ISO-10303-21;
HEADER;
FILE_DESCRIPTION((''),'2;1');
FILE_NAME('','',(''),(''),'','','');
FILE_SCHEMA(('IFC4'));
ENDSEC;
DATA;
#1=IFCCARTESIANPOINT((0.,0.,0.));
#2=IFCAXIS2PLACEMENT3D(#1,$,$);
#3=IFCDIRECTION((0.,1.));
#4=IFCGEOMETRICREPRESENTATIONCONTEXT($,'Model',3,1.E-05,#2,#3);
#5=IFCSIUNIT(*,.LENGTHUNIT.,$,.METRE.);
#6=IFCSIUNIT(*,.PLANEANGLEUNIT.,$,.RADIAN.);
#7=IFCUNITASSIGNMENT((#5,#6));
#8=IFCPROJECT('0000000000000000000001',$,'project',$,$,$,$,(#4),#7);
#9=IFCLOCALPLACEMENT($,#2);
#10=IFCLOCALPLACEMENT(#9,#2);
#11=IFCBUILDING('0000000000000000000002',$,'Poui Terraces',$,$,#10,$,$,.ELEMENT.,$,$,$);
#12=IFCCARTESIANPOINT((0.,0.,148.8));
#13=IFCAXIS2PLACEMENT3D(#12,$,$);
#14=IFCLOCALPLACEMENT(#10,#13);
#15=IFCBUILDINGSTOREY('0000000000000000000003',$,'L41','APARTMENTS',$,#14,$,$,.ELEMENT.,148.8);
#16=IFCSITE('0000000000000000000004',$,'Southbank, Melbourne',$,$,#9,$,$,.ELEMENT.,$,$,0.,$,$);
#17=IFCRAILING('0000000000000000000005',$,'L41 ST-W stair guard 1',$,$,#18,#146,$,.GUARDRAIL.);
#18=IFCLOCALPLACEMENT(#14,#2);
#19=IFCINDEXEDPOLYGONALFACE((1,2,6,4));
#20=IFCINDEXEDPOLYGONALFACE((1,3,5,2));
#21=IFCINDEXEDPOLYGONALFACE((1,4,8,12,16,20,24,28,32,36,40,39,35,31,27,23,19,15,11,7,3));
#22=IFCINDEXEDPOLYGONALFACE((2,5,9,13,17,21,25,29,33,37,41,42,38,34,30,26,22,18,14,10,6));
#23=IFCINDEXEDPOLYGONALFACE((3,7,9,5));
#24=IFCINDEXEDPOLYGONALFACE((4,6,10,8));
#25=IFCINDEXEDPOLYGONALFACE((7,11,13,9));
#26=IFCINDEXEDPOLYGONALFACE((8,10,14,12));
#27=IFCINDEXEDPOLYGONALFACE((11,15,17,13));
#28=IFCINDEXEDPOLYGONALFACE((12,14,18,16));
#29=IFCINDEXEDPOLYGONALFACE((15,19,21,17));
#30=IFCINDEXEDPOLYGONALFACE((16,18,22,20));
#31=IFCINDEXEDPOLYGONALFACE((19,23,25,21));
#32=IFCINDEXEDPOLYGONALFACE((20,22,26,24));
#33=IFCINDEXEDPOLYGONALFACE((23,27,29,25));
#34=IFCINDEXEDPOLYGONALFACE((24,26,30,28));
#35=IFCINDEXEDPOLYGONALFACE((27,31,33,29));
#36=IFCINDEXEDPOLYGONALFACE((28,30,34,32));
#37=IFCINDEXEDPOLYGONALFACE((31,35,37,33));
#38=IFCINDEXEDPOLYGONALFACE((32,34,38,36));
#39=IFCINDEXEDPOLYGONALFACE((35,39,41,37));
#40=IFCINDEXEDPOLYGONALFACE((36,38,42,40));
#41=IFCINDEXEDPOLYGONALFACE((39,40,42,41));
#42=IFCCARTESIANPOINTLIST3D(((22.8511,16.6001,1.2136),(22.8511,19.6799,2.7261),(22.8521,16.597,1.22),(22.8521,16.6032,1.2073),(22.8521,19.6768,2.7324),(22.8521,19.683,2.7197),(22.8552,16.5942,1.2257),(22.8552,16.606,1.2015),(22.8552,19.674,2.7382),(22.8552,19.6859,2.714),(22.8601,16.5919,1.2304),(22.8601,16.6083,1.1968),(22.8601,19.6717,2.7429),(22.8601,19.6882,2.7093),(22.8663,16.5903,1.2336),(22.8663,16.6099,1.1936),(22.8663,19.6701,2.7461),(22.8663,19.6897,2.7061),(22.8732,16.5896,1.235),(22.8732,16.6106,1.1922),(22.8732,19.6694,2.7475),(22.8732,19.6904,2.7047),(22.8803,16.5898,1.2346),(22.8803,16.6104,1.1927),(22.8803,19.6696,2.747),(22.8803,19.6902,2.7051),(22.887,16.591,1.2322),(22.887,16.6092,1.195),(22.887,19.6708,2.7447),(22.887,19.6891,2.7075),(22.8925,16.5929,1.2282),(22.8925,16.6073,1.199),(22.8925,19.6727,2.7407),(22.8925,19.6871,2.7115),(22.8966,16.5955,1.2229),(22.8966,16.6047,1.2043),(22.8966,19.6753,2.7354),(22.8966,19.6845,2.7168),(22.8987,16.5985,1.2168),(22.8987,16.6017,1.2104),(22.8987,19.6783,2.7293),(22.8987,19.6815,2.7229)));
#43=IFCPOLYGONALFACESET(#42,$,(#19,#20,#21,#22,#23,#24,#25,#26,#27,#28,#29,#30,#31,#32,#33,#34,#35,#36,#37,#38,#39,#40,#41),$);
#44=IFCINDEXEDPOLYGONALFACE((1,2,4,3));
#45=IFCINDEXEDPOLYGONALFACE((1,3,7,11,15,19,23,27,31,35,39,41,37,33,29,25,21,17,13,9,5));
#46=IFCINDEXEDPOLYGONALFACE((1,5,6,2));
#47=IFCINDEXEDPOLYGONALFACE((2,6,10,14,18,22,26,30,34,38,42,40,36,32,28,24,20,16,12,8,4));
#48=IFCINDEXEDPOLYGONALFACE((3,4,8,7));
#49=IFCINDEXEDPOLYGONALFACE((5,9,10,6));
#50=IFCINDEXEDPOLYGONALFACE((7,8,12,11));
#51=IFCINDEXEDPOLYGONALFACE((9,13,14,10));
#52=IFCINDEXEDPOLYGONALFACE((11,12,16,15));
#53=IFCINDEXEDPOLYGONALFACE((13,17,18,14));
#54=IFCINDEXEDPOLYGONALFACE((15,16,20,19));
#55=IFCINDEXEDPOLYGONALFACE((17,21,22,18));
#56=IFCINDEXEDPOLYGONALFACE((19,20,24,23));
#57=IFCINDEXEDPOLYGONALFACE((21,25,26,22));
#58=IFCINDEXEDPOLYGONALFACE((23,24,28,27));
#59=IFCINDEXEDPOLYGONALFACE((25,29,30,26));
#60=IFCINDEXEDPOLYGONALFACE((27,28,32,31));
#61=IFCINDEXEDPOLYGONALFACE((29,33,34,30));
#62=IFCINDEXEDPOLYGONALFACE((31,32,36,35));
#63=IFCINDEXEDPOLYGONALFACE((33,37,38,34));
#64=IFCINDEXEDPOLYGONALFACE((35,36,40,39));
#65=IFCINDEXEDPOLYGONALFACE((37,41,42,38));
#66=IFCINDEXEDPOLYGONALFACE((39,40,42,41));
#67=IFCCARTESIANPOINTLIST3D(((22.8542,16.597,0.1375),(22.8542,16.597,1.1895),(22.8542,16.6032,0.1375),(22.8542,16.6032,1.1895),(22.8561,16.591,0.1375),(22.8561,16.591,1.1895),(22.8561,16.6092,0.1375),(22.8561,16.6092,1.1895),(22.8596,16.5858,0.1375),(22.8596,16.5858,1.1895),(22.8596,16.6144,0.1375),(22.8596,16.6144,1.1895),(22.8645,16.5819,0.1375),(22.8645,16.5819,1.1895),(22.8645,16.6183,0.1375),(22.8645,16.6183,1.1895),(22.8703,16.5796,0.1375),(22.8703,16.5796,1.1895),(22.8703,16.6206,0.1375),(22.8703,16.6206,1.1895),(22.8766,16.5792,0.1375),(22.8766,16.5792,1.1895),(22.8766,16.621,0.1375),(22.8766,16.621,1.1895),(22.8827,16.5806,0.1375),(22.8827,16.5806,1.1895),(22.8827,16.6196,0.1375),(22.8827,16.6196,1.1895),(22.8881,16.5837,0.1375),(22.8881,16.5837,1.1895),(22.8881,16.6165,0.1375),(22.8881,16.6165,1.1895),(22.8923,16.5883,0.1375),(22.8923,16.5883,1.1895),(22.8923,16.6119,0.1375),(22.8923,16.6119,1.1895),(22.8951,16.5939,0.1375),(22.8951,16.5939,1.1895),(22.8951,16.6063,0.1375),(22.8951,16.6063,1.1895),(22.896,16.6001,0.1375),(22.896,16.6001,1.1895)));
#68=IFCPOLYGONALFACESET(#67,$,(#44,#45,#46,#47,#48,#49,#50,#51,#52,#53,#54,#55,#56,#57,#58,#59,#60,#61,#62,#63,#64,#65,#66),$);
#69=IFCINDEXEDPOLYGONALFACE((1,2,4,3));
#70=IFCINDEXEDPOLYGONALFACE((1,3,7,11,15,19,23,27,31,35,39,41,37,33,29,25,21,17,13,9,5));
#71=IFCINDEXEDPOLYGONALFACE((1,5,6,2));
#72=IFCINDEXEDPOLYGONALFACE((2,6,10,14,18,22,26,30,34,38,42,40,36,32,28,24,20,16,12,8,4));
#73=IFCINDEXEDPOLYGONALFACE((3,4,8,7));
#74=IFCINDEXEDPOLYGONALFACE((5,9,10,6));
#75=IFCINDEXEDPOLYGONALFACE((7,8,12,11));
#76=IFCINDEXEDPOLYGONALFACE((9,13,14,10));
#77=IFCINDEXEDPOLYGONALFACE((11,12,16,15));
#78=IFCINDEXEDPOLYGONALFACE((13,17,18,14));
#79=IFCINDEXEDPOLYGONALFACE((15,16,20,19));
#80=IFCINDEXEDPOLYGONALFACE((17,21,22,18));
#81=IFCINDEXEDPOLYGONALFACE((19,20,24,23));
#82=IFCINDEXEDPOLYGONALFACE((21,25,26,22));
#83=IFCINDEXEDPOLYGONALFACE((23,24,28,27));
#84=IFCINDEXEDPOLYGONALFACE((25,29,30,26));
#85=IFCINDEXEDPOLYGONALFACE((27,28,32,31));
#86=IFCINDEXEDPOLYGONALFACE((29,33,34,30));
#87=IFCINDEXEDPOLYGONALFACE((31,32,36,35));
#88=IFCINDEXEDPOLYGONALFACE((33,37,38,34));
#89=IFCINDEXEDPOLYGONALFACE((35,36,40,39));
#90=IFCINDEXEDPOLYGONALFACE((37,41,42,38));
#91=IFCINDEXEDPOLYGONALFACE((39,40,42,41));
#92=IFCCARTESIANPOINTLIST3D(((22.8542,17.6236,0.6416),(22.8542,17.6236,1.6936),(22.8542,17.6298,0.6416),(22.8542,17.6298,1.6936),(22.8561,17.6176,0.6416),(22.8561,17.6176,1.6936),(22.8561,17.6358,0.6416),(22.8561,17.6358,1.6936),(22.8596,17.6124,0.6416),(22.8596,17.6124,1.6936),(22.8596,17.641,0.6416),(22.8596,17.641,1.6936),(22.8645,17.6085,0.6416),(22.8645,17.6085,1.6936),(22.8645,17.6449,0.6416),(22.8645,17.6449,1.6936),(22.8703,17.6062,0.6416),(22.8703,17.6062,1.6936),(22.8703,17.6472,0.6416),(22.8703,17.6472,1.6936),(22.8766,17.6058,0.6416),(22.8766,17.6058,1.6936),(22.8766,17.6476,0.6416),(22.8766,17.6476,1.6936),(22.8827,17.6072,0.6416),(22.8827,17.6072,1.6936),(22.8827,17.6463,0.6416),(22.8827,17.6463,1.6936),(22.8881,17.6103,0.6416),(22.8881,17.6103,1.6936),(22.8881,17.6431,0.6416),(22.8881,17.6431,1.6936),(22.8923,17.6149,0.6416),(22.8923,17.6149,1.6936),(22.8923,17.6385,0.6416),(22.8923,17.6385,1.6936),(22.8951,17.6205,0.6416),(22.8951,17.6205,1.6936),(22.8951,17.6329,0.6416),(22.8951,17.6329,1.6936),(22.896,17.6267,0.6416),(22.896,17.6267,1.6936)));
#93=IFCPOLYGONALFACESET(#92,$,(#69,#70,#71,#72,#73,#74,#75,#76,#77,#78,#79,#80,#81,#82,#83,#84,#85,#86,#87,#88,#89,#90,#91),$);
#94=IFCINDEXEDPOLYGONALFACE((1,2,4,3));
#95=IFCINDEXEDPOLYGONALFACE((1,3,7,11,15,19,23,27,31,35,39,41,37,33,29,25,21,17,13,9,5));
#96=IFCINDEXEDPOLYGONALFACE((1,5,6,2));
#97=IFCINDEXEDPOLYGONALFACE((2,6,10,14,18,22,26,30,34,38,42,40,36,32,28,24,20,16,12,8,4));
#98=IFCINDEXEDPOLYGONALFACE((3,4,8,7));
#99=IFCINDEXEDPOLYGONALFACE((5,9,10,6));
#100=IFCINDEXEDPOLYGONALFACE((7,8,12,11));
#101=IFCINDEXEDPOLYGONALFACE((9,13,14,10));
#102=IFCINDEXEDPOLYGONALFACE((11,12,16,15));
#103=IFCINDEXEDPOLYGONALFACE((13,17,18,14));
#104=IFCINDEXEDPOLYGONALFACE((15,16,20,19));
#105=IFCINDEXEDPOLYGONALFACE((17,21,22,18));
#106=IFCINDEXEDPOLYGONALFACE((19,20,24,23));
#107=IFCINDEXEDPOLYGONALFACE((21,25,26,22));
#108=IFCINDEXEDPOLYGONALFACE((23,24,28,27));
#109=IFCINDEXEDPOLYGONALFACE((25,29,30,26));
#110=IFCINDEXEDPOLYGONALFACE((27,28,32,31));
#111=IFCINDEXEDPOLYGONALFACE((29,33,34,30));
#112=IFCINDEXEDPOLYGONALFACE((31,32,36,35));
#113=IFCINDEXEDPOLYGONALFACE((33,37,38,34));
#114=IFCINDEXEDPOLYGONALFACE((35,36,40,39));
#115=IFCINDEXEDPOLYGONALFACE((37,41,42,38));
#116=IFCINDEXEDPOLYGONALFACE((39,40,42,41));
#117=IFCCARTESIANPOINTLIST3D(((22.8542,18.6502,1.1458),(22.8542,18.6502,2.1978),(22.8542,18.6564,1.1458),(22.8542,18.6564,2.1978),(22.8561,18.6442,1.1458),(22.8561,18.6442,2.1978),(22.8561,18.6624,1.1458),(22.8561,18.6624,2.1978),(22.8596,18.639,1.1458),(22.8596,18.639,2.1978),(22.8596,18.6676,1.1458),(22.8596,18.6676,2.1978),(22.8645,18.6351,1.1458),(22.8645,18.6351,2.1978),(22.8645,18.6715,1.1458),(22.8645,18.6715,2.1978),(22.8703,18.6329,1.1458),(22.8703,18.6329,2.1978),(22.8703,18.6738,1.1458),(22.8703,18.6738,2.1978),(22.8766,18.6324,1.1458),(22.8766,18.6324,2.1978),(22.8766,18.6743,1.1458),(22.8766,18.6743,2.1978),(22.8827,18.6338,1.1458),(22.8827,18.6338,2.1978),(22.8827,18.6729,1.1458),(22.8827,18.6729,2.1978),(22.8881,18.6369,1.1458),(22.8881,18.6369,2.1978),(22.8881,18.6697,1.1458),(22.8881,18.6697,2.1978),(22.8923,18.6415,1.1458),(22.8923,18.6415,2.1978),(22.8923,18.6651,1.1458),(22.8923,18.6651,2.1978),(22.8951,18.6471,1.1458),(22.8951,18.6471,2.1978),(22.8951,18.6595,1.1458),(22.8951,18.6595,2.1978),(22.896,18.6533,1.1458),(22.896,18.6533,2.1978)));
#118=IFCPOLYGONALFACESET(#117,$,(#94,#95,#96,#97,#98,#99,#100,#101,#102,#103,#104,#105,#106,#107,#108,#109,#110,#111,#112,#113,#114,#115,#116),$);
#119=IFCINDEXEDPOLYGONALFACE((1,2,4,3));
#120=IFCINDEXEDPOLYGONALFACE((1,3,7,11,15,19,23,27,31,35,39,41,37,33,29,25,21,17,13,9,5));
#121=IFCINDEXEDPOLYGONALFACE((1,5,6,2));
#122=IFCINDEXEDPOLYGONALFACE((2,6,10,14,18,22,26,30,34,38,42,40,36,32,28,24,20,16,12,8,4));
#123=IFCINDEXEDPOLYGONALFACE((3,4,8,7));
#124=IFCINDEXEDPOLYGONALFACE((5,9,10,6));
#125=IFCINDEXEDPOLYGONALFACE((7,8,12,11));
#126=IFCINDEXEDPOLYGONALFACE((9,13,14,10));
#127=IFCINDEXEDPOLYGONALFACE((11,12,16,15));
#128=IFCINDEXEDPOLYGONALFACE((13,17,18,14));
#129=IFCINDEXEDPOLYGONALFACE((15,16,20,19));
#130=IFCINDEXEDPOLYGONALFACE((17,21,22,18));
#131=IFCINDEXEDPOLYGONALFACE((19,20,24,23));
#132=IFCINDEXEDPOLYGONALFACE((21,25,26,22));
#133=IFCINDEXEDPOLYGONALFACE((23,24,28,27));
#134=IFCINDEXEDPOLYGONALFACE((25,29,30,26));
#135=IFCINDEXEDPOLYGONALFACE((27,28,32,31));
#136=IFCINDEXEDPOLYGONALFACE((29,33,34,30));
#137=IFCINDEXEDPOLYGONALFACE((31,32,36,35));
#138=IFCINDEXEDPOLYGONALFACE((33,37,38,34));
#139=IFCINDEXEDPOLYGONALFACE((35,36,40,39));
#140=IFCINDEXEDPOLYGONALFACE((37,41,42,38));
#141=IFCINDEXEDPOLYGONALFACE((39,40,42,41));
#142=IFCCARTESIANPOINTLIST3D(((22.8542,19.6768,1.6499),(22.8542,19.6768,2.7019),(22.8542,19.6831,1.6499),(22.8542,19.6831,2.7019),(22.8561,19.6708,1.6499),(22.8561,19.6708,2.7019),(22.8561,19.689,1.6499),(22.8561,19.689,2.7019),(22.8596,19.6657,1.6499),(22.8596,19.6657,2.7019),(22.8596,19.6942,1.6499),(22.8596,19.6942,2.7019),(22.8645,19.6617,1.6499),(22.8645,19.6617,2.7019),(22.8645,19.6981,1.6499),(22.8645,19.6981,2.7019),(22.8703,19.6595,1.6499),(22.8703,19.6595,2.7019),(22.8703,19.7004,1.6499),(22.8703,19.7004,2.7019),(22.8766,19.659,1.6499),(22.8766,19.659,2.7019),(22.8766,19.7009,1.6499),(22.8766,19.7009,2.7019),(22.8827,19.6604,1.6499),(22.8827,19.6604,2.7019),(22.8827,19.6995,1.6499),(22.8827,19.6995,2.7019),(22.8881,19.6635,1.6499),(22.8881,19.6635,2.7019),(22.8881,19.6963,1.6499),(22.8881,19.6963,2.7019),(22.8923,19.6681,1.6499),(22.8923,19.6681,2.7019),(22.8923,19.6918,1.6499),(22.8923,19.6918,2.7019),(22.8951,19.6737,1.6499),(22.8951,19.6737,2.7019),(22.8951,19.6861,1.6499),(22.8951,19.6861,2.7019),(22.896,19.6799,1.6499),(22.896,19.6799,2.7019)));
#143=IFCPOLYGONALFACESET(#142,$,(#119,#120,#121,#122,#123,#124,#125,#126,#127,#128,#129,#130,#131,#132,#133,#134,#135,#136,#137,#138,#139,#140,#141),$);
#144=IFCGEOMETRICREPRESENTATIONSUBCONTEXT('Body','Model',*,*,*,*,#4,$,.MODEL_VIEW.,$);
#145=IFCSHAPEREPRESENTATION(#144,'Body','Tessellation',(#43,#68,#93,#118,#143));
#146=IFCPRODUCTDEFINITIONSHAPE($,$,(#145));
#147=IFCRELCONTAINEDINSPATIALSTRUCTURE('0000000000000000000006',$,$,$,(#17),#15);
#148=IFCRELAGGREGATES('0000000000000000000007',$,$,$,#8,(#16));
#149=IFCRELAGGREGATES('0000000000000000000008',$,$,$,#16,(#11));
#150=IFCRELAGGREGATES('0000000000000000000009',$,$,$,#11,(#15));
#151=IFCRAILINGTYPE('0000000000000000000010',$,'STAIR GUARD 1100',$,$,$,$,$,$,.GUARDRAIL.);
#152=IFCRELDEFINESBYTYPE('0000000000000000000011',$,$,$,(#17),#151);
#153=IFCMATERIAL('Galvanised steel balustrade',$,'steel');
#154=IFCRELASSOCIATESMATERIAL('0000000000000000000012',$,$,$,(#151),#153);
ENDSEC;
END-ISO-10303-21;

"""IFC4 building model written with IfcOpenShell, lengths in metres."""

from ifc_helpers import new_model, si_unit, direction, frame, origin, origin_2d, place, context, subcontext, project, spatial, circle, extrude, material, type_object, element, save


model = new_model("IFC4")

# Units and contexts
model_context = context("Model", 3, precision=1e-05, world=origin(), true_north=direction((0.0, 1.0)))
body_context = subcontext(model_context, "Body", "Model", "MODEL_VIEW")
ifc_project = project(units=[si_unit("LENGTHUNIT", "METRE"), si_unit("PLANEANGLEUNIT", "RADIAN")], contexts=[model_context])

# Site, building, storey
site_placement = place(None, origin())
site = spatial("IfcSite", under=ifc_project, at=site_placement, Name="Southbank, Melbourne", CompositionType="ELEMENT", RefElevation=0.0)
building_placement = place(site_placement, origin())
building = spatial("IfcBuilding", under=site, at=building_placement, Name="Poui Terraces", CompositionType="ELEMENT")
storey_placement = place(building_placement, frame((0.0, 0.0, 148.8)))
storey = spatial("IfcBuildingStorey", under=building, at=storey_placement, Name="L41", Description="APARTMENTS", CompositionType="ELEMENT", Elevation=148.8)

# Railing
ifc_material_1 = material(Name="Galvanised steel balustrade", Category="steel")
railing_type = type_object("IfcRailingType", Name="STAIR GUARD 1100", PredefinedType="GUARDRAIL", material=ifc_material_1)
railing_1_placement = place(storey_placement, frame((22.875, 16.6001, 0.1375)))
element("IfcRailing", 1, at=railing_1_placement, inside=storey, type_object=railing_type, Name="L41 ST-W stair guard 1", PredefinedType="GUARDRAIL", context=body_context, shape_type="SweptSolid", body=[
    extrude(circle(Radius=0.0239, at=origin_2d()), frame((0.0, 0.0, 1.0762), z_axis=(0.0, 0.897606, 0.440798), x_axis=(-1.0, 0.0, 0.0)), (0.0, 0.0, 1.0), 3.4312),
    extrude(circle(Radius=0.021, at=origin_2d()), origin(), (0.0, 0.0, 1.0), 1.052),
    extrude(circle(Radius=0.021, at=origin_2d()), frame((0.0, 1.0266, 0.5042)), (0.0, 0.0, 1.0), 1.052),
    extrude(circle(Radius=0.021, at=origin_2d()), frame((0.0, 2.0532, 1.0083)), (0.0, 0.0, 1.0), 1.052),
    extrude(circle(Radius=0.021, at=origin_2d()), frame((0.0, 3.0798, 1.5125)), (0.0, 0.0, 1.0), 1.052),
])

save(model, "model.ifc")
